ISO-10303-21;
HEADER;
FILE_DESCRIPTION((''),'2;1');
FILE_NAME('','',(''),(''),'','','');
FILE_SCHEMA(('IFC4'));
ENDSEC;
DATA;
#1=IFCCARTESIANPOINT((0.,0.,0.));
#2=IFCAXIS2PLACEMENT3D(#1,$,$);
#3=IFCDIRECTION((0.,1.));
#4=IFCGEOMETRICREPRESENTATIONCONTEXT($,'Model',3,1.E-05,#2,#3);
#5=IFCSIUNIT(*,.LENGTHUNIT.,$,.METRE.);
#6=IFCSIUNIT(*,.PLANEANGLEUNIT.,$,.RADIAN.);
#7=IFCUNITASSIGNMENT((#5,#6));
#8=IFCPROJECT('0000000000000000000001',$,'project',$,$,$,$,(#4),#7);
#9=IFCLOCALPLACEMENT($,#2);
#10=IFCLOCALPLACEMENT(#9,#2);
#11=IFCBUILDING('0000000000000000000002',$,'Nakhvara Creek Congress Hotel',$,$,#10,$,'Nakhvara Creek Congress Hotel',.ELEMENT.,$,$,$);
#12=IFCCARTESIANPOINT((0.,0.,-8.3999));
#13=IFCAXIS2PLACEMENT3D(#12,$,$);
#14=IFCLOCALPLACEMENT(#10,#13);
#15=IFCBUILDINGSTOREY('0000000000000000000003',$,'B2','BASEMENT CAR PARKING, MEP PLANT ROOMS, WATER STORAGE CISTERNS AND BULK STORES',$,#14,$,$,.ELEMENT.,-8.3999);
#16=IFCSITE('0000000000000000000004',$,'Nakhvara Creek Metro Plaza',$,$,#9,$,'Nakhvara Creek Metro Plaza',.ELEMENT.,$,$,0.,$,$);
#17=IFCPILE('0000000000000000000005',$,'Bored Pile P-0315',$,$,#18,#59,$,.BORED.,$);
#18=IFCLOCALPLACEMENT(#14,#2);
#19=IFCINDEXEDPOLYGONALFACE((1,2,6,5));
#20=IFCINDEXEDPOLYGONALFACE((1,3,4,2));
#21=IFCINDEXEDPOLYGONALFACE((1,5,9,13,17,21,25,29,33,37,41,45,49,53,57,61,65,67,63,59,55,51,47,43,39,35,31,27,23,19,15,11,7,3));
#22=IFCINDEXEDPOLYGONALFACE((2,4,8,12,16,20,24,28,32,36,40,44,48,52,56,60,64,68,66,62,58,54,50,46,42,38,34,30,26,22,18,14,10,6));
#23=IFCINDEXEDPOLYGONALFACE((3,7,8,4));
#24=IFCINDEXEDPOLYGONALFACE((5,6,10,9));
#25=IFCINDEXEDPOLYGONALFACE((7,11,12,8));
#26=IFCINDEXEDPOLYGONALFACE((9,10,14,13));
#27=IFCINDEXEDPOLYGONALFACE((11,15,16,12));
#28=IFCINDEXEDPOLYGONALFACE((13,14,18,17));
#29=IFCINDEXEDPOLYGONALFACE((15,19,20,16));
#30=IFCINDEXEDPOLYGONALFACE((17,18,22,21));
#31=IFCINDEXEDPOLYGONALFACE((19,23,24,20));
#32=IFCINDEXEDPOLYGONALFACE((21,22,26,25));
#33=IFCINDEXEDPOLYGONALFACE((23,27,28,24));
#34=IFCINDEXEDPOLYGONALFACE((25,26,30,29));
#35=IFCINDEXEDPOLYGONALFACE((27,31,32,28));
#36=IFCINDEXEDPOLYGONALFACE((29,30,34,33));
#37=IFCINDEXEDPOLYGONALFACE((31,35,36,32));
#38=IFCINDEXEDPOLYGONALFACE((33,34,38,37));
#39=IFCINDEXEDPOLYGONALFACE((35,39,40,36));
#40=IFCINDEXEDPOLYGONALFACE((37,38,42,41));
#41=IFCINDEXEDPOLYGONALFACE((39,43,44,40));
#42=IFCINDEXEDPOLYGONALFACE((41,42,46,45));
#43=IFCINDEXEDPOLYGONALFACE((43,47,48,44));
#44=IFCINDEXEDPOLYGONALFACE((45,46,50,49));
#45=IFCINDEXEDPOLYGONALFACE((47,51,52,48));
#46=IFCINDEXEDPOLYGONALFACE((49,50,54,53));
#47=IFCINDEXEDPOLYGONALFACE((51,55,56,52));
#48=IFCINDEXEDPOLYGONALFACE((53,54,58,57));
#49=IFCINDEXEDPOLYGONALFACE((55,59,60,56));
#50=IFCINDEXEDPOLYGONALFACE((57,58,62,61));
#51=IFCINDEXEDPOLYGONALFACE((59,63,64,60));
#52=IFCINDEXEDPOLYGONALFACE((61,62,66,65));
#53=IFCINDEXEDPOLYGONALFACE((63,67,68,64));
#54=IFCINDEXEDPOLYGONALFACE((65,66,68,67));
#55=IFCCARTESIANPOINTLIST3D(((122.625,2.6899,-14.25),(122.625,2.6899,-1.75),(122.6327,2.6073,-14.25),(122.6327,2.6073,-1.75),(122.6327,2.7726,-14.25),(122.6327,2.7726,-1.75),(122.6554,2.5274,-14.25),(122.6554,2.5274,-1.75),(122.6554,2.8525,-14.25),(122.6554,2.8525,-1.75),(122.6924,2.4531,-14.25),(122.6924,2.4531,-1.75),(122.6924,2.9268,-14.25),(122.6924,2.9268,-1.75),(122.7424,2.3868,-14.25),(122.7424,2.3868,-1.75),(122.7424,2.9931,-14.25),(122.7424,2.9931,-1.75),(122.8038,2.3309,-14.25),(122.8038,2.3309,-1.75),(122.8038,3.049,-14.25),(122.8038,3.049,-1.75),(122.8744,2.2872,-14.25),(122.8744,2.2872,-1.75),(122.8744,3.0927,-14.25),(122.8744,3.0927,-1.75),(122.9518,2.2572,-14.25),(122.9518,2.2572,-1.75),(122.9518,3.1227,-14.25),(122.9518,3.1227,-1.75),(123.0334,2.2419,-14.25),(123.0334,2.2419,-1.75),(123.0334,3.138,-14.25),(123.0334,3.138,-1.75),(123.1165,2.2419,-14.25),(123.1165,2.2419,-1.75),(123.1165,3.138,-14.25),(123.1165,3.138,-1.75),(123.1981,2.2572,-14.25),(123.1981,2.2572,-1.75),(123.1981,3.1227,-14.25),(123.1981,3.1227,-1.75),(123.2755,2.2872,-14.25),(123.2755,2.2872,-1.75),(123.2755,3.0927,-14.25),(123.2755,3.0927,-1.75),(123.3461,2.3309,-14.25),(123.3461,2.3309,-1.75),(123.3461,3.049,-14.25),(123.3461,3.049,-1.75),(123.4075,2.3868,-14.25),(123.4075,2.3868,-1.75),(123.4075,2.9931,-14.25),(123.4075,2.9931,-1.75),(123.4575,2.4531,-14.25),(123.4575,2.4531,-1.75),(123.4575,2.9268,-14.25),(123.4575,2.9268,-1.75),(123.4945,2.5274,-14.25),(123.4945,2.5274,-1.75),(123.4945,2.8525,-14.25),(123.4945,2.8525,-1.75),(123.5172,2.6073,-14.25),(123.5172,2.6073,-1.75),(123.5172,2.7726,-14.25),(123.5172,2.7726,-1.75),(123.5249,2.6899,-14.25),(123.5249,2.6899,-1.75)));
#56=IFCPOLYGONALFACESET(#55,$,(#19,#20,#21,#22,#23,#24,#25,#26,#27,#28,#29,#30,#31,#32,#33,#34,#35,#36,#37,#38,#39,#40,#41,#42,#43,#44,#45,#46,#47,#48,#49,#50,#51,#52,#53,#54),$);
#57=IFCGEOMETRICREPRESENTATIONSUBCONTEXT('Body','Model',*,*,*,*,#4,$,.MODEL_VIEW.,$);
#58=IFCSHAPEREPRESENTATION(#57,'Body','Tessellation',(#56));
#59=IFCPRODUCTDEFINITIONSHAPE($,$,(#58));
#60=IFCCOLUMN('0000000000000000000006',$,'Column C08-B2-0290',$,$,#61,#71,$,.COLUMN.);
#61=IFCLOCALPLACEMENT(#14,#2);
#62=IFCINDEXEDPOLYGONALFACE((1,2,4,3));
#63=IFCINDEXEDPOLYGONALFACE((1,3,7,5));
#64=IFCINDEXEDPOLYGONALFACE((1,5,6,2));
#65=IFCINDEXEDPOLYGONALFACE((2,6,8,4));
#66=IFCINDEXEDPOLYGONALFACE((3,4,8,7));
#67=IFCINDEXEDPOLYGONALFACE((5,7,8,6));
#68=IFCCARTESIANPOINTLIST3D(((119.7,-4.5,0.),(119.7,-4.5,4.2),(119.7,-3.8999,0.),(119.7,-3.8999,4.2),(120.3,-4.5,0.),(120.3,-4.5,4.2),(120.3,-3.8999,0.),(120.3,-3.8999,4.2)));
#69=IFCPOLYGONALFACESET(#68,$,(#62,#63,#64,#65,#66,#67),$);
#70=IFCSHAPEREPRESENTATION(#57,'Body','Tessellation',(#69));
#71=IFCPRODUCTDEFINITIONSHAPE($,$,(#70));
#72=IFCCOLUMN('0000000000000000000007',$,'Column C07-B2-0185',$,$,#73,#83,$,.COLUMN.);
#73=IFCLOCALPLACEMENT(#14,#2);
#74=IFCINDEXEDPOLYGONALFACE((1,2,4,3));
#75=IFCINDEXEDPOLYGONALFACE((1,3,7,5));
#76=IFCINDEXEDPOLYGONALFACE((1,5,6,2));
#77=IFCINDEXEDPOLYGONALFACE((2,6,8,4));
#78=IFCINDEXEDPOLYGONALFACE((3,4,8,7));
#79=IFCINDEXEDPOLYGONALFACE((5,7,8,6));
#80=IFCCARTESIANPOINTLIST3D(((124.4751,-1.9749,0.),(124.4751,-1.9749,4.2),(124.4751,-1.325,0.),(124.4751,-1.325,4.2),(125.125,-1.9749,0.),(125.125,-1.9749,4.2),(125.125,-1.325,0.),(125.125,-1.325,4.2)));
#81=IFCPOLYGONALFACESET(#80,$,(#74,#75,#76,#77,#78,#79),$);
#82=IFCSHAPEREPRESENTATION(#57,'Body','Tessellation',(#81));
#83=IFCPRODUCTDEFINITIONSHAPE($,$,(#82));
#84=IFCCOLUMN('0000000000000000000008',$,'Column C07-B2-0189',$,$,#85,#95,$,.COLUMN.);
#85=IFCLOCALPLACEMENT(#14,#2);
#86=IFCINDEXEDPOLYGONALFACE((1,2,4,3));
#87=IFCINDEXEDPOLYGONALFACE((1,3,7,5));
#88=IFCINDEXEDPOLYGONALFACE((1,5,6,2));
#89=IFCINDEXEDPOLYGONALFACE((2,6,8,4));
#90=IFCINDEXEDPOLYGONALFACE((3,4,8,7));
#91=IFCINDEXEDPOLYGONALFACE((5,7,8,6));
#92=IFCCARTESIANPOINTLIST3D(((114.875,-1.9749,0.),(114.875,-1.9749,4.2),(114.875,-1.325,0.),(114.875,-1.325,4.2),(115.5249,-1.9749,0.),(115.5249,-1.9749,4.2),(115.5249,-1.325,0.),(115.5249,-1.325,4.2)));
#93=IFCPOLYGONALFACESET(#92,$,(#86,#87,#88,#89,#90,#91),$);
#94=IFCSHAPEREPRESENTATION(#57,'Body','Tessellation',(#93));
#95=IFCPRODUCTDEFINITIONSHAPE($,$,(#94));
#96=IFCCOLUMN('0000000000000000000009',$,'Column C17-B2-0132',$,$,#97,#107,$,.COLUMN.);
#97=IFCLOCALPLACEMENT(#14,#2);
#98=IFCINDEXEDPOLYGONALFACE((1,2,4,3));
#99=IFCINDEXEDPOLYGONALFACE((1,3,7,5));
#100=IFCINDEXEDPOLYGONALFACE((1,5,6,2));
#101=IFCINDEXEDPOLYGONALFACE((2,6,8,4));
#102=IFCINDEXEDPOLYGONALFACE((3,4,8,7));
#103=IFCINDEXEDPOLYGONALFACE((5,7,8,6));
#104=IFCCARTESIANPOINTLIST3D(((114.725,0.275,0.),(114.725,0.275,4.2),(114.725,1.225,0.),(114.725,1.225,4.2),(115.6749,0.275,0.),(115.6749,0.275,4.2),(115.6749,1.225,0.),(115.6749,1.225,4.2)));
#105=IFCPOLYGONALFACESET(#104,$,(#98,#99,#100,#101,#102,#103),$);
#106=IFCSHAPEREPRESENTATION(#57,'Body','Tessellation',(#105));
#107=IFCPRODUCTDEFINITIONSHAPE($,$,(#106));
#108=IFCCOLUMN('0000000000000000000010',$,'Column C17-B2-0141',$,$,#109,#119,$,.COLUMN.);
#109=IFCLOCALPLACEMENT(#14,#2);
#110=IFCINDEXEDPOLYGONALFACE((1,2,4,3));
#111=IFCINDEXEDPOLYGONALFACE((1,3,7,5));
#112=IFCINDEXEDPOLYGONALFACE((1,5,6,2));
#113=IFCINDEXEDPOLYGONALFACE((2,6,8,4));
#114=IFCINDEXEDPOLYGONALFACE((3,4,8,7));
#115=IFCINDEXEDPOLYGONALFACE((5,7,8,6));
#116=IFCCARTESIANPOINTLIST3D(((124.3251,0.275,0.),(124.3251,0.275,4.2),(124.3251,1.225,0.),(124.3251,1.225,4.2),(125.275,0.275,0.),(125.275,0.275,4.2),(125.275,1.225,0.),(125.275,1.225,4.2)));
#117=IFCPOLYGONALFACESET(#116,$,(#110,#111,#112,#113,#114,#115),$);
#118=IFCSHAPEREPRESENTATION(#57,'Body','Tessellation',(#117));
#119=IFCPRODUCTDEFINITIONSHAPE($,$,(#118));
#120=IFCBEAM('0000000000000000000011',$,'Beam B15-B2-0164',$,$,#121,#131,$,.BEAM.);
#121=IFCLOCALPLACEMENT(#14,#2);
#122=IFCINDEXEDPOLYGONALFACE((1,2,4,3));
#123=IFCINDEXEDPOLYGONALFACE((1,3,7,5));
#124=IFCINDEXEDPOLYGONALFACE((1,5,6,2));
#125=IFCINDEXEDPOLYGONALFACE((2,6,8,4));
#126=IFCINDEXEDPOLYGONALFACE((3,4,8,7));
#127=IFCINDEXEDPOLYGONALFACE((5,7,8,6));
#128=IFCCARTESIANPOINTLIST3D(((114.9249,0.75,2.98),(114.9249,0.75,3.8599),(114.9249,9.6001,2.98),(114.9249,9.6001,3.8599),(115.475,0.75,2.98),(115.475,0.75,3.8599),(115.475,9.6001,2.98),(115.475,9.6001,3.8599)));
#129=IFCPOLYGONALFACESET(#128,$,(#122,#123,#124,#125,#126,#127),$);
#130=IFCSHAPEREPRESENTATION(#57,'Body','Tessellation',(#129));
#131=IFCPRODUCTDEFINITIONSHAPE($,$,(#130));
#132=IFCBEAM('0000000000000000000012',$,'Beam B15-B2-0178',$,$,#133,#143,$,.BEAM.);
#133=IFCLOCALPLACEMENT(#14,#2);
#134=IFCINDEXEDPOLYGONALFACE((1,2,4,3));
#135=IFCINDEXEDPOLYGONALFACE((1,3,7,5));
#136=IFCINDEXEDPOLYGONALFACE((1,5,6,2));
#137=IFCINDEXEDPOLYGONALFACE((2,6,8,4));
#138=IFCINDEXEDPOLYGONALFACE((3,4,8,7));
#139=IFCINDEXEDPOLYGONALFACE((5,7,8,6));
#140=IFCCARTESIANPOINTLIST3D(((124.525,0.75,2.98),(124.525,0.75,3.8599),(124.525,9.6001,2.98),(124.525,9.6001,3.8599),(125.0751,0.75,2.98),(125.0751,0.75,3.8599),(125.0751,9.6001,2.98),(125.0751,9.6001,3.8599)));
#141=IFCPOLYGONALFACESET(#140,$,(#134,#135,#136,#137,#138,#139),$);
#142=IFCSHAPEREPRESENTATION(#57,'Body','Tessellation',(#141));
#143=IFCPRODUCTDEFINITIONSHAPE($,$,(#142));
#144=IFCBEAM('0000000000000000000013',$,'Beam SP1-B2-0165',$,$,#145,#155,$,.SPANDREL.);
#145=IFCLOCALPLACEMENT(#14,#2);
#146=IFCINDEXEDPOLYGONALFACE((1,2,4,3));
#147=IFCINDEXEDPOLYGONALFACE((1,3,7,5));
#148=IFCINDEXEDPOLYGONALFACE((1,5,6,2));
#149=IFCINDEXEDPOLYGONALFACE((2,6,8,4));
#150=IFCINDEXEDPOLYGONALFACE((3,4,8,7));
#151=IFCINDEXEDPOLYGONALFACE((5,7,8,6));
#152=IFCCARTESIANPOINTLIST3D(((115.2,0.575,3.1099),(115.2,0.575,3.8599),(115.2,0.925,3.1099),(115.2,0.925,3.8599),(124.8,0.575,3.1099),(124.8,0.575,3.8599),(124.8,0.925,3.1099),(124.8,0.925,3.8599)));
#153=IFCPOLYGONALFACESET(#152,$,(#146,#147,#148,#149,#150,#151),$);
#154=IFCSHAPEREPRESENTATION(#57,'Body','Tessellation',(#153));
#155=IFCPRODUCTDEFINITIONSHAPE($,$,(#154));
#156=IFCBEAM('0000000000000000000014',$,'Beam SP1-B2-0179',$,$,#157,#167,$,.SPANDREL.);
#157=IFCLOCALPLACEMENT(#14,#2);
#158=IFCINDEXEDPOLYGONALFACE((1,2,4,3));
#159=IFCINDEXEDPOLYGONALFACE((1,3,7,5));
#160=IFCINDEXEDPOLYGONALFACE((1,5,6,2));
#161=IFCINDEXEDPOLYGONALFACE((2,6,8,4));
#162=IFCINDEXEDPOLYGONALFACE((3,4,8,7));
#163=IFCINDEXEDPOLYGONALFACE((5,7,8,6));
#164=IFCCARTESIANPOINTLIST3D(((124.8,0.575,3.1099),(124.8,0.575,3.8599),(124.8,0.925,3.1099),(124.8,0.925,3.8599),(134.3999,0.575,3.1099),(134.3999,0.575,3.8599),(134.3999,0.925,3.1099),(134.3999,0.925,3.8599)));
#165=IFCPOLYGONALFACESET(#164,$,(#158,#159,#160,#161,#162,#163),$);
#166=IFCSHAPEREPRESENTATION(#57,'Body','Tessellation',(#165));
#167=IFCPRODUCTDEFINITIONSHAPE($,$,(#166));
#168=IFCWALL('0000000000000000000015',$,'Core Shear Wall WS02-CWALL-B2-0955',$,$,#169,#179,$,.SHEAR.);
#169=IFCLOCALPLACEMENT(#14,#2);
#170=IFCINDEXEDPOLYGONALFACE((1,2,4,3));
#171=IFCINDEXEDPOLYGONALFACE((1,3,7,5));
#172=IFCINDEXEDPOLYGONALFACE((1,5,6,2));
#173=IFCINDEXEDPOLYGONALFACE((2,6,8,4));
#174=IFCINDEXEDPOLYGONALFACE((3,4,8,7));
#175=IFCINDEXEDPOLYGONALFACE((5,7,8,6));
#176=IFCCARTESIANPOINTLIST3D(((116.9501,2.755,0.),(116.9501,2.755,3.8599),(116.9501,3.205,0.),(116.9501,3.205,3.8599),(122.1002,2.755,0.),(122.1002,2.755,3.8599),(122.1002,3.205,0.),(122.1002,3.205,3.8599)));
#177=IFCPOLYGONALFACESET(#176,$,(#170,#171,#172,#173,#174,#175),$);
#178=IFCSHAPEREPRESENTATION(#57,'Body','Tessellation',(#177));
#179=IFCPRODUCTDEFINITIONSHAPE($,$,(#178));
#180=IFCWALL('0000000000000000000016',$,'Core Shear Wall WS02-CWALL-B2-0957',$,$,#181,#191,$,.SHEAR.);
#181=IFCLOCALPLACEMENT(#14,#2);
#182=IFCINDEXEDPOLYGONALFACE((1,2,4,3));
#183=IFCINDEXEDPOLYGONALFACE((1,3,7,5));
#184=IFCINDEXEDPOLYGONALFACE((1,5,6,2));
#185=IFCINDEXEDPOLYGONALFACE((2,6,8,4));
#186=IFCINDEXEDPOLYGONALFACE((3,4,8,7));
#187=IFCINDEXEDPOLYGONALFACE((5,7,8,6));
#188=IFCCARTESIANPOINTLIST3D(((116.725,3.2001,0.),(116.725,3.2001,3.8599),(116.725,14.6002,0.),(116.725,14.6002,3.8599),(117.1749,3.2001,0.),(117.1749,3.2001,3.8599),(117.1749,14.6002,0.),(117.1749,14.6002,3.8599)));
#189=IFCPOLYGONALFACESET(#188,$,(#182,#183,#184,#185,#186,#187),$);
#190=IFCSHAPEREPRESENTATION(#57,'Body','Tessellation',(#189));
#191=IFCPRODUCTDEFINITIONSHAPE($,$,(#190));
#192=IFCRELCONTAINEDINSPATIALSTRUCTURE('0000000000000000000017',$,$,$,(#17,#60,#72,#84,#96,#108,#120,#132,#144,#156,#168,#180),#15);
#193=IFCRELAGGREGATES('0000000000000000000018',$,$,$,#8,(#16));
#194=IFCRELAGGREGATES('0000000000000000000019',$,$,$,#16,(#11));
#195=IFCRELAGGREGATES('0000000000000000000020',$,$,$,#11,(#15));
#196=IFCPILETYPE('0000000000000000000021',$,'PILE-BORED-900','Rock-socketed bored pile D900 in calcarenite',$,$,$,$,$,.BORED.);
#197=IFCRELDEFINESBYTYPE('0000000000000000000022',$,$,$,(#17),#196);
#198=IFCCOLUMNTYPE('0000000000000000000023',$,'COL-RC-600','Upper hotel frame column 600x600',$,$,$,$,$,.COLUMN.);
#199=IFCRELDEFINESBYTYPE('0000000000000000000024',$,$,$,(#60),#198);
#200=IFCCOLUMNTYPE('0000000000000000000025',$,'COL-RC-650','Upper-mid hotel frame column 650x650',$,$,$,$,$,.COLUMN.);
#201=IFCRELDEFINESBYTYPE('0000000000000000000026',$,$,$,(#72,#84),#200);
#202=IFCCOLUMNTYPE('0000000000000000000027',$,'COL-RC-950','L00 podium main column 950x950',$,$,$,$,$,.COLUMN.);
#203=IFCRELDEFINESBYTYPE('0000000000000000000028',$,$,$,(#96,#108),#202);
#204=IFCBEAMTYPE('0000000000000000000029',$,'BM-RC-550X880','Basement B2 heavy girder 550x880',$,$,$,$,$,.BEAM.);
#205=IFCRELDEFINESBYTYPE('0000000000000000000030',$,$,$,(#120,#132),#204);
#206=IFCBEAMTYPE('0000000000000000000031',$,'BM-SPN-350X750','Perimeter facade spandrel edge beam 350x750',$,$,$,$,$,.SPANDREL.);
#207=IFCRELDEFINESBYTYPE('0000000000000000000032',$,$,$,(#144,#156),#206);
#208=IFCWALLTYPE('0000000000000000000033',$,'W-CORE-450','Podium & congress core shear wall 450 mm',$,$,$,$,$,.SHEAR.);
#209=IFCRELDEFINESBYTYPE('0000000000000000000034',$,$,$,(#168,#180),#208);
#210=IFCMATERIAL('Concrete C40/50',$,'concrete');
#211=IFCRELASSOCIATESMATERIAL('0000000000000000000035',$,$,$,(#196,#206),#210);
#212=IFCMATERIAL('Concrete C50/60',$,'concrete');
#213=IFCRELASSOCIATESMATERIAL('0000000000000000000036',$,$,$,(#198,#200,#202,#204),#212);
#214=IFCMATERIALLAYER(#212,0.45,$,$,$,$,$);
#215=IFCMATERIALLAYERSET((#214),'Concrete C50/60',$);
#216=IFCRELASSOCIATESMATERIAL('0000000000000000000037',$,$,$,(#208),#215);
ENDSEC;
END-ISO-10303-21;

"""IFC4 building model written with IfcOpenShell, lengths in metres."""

from ifc_helpers import new_model, si_unit, direction, frame, frame_2d, origin, origin_2d, place, context, subcontext, project, spatial, rectangle, circle, extrude, material, layer, layer_set, material_profile, profile_set, type_object, element, save


model = new_model("IFC4")

# Units and contexts
model_context = context("Model", 3, precision=1e-05, world=origin(), true_north=direction((0.0, 1.0)))
body_context = subcontext(model_context, "Body", "Model", "MODEL_VIEW")
ifc_project = project(units=[si_unit("LENGTHUNIT", "METRE"), si_unit("PLANEANGLEUNIT", "RADIAN")], contexts=[model_context])

# Site, building, storey
site_placement = place(None, origin())
site = spatial("IfcSite", under=ifc_project, at=site_placement, Name="Nakhvara Creek Metro Plaza", LongName="Nakhvara Creek Metro Plaza", CompositionType="ELEMENT", RefElevation=0.0)
building_placement = place(site_placement, origin())
building = spatial("IfcBuilding", under=site, at=building_placement, Name="Nakhvara Creek Congress Hotel", LongName="Nakhvara Creek Congress Hotel", CompositionType="ELEMENT")
storey_placement = place(building_placement, frame((0.0, 0.0, -8.3999)))
storey = spatial("IfcBuildingStorey", under=building, at=storey_placement, Name="B2", Description="BASEMENT CAR PARKING, MEP PLANT ROOMS, WATER STORAGE CISTERNS AND BULK STORES", CompositionType="ELEMENT", Elevation=-8.3999)

# Shared definitions
ifc_material_1 = material(Name="Concrete C40/50", Category="concrete")

# Pile
ifc_material_profile_1 = material_profile(ifc_material_1, circle(Radius=0.45, at=origin_2d()), Name="BORED PILE D900", Category="LoadBearing")
ifc_profile_set_1 = profile_set([ifc_material_profile_1], Name="Concrete C40/50")
pile_type = type_object("IfcPileType", Name="PILE-BORED-900", Description="Rock-socketed bored pile D900 in calcarenite", PredefinedType="BORED", material=ifc_profile_set_1)
for number, where, z_axis, x_axis, name in (
    (1, (123.075, 2.6899, -1.75), (0.0, 0.0, -1.0), (1.0, 0.0, 0.0), "Bored Pile P-0315"),
):
    element("IfcPile", number, at=place(storey_placement, frame(where, z_axis=z_axis, x_axis=x_axis)), inside=storey, type_object=pile_type, Name=name, PredefinedType="BORED", context=body_context, shape_type="SweptSolid", body=[
        extrude(circle(Radius=0.45, at=origin_2d()), origin(), (0.0, 0.0, 1.0), 12.5),
    ])

# Columns
ifc_material_2 = material(Name="Concrete C50/60", Category="concrete")
ifc_material_profile_2 = material_profile(ifc_material_2, rectangle(XDim=0.6001, YDim=0.6001, at=origin_2d()), Name="RC-COL 600x600", Category="LoadBearing")
ifc_profile_set_2 = profile_set([ifc_material_profile_2], Name="Concrete C50/60")
column_type_1 = type_object("IfcColumnType", Name="COL-RC-600", Description="Upper hotel frame column 600x600", PredefinedType="COLUMN", material=ifc_profile_set_2)
column_placement = place(storey_placement, frame((120.0, -4.2, 0.0), z_axis=(0.0, 0.0, 1.0), x_axis=(1.0, 0.0, 0.0)))
element("IfcColumn", 2, at=column_placement, inside=storey, type_object=column_type_1, Name="Column C08-B2-0290", PredefinedType="COLUMN", context=body_context, shape_type="SweptSolid", body=[
    extrude(rectangle(XDim=0.6001, YDim=0.6001, at=origin_2d()), origin(), (0.0, 0.0, 1.0), 4.2),
])
ifc_material_profile_3 = material_profile(ifc_material_2, rectangle(XDim=0.6499, YDim=0.6499, at=origin_2d()), Name="RC-COL 650x650", Category="LoadBearing")
ifc_profile_set_3 = profile_set([ifc_material_profile_3], Name="Concrete C50/60")
column_type_2 = type_object("IfcColumnType", Name="COL-RC-650", Description="Upper-mid hotel frame column 650x650", PredefinedType="COLUMN", material=ifc_profile_set_3)
for number, where, z_axis, x_axis, name in (
    (3, (124.8, -1.6499, 0.0), (0.0, 0.0, 1.0), (1.0, 0.0, 0.0), "Column C07-B2-0185"),
    (4, (115.2, -1.6499, 0.0), (0.0, 0.0, 1.0), (1.0, 0.0, 0.0), "Column C07-B2-0189"),
):
    element("IfcColumn", number, at=place(storey_placement, frame(where, z_axis=z_axis, x_axis=x_axis)), inside=storey, type_object=column_type_2, Name=name, PredefinedType="COLUMN", context=body_context, shape_type="SweptSolid", body=[
        extrude(rectangle(XDim=0.6499, YDim=0.6499, at=origin_2d()), origin(), (0.0, 0.0, 1.0), 4.2),
    ])
ifc_material_profile_4 = material_profile(ifc_material_2, rectangle(XDim=0.95, YDim=0.95, at=origin_2d()), Name="RC-COL 950x950", Category="LoadBearing")
ifc_profile_set_4 = profile_set([ifc_material_profile_4], Name="Concrete C50/60")
column_type_3 = type_object("IfcColumnType", Name="COL-RC-950", Description="L00 podium main column 950x950", PredefinedType="COLUMN", material=ifc_profile_set_4)
for number, where, z_axis, x_axis, name in (
    (5, (115.2, 0.75, 0.0), (0.0, 0.0, 1.0), (1.0, 0.0, 0.0), "Column C17-B2-0132"),
    (6, (124.8, 0.75, 0.0), (0.0, 0.0, 1.0), (1.0, 0.0, 0.0), "Column C17-B2-0141"),
):
    element("IfcColumn", number, at=place(storey_placement, frame(where, z_axis=z_axis, x_axis=x_axis)), inside=storey, type_object=column_type_3, Name=name, PredefinedType="COLUMN", context=body_context, shape_type="SweptSolid", body=[
        extrude(rectangle(XDim=0.95, YDim=0.95, at=origin_2d()), origin(), (0.0, 0.0, 1.0), 4.2),
    ])

# Beams
ifc_material_profile_5 = material_profile(ifc_material_2, rectangle(XDim=0.55, YDim=0.8799, at=origin_2d()), Name="RC-BM 550x880", Category="LoadBearing")
ifc_profile_set_5 = profile_set([ifc_material_profile_5], Name="Concrete C50/60")
beam_type_1 = type_object("IfcBeamType", Name="BM-RC-550X880", Description="Basement B2 heavy girder 550x880", PredefinedType="BEAM", material=ifc_profile_set_5)
for number, where, z_axis, x_axis, name in (
    (7, (115.2, 0.75, 3.4199), (0.0, 1.0, 0.0), (-1.0, 0.0, 0.0), "Beam B15-B2-0164"),
    (8, (124.8, 0.75, 3.4199), (0.0, 1.0, 0.0), (-1.0, 0.0, 0.0), "Beam B15-B2-0178"),
):
    element("IfcBeam", number, at=place(storey_placement, frame(where, z_axis=z_axis, x_axis=x_axis)), inside=storey, type_object=beam_type_1, Name=name, PredefinedType="BEAM", context=body_context, shape_type="SweptSolid", body=[
        extrude(rectangle(XDim=0.55, YDim=0.8799, at=origin_2d()), origin(), (0.0, 0.0, 1.0), 8.8501),
    ])
ifc_material_profile_6 = material_profile(ifc_material_1, rectangle(XDim=0.3501, YDim=0.75, at=origin_2d()), Name="RC-SPANDREL 350x750", Category="LoadBearing")
ifc_profile_set_6 = profile_set([ifc_material_profile_6], Name="Concrete C40/50")
beam_type_2 = type_object("IfcBeamType", Name="BM-SPN-350X750", Description="Perimeter facade spandrel edge beam 350x750", PredefinedType="SPANDREL", material=ifc_profile_set_6)
beam_1_placement = place(storey_placement, frame((115.2, 0.75, 3.4849), z_axis=(1.0, 0.0, 0.0), x_axis=(0.0, 1.0, 0.0)))
element("IfcBeam", 9, at=beam_1_placement, inside=storey, type_object=beam_type_2, Name="Beam SP1-B2-0165", PredefinedType="SPANDREL", context=body_context, shape_type="SweptSolid", body=[
    extrude(rectangle(XDim=0.3501, YDim=0.75, at=origin_2d()), origin(), (0.0, 0.0, 1.0), 9.6001),
])
beam_2_placement = place(storey_placement, frame((124.8, 0.75, 3.4849), z_axis=(1.0, 0.0, 0.0), x_axis=(0.0, 1.0, 0.0)))
element("IfcBeam", 10, at=beam_2_placement, inside=storey, type_object=beam_type_2, Name="Beam SP1-B2-0179", PredefinedType="SPANDREL", context=body_context, shape_type="SweptSolid", body=[
    extrude(rectangle(XDim=0.3501, YDim=0.75, at=origin_2d()), origin(), (0.0, 0.0, 1.0), 9.5999),
])

# Walls
ifc_layer_1 = layer(ifc_material_2, 0.45)
ifc_layer_set_1 = layer_set([ifc_layer_1], Name="Concrete C50/60")
wall_type = type_object("IfcWallType", Name="W-CORE-450", Description="Podium & congress core shear wall 450 mm", PredefinedType="SHEAR", material=ifc_layer_set_1)
wall_1_placement = place(storey_placement, frame((116.95, 2.98, 0.0), z_axis=(0.0, 0.0, 1.0), x_axis=(1.0, 0.0, 0.0)))
element("IfcWall", 11, at=wall_1_placement, inside=storey, type_object=wall_type, Name="Core Shear Wall WS02-CWALL-B2-0955", PredefinedType="SHEAR", context=body_context, shape_type="SweptSolid", body=[
    extrude(rectangle(XDim=5.1501, YDim=0.45, at=frame_2d((2.5752, 0.0))), origin(), (0.0, 0.0, 1.0), 3.8599),
])
wall_2_placement = place(storey_placement, frame((116.95, 3.2, 0.0), z_axis=(0.0, 0.0, 1.0), x_axis=(0.0, 1.0, 0.0)))
element("IfcWall", 12, at=wall_2_placement, inside=storey, type_object=wall_type, Name="Core Shear Wall WS02-CWALL-B2-0957", PredefinedType="SHEAR", context=body_context, shape_type="SweptSolid", body=[
    extrude(rectangle(XDim=11.4001, YDim=0.45, at=frame_2d((5.7002, 0.0))), origin(), (0.0, 0.0, 1.0), 3.8599),
])

save(model, "model.ifc")
